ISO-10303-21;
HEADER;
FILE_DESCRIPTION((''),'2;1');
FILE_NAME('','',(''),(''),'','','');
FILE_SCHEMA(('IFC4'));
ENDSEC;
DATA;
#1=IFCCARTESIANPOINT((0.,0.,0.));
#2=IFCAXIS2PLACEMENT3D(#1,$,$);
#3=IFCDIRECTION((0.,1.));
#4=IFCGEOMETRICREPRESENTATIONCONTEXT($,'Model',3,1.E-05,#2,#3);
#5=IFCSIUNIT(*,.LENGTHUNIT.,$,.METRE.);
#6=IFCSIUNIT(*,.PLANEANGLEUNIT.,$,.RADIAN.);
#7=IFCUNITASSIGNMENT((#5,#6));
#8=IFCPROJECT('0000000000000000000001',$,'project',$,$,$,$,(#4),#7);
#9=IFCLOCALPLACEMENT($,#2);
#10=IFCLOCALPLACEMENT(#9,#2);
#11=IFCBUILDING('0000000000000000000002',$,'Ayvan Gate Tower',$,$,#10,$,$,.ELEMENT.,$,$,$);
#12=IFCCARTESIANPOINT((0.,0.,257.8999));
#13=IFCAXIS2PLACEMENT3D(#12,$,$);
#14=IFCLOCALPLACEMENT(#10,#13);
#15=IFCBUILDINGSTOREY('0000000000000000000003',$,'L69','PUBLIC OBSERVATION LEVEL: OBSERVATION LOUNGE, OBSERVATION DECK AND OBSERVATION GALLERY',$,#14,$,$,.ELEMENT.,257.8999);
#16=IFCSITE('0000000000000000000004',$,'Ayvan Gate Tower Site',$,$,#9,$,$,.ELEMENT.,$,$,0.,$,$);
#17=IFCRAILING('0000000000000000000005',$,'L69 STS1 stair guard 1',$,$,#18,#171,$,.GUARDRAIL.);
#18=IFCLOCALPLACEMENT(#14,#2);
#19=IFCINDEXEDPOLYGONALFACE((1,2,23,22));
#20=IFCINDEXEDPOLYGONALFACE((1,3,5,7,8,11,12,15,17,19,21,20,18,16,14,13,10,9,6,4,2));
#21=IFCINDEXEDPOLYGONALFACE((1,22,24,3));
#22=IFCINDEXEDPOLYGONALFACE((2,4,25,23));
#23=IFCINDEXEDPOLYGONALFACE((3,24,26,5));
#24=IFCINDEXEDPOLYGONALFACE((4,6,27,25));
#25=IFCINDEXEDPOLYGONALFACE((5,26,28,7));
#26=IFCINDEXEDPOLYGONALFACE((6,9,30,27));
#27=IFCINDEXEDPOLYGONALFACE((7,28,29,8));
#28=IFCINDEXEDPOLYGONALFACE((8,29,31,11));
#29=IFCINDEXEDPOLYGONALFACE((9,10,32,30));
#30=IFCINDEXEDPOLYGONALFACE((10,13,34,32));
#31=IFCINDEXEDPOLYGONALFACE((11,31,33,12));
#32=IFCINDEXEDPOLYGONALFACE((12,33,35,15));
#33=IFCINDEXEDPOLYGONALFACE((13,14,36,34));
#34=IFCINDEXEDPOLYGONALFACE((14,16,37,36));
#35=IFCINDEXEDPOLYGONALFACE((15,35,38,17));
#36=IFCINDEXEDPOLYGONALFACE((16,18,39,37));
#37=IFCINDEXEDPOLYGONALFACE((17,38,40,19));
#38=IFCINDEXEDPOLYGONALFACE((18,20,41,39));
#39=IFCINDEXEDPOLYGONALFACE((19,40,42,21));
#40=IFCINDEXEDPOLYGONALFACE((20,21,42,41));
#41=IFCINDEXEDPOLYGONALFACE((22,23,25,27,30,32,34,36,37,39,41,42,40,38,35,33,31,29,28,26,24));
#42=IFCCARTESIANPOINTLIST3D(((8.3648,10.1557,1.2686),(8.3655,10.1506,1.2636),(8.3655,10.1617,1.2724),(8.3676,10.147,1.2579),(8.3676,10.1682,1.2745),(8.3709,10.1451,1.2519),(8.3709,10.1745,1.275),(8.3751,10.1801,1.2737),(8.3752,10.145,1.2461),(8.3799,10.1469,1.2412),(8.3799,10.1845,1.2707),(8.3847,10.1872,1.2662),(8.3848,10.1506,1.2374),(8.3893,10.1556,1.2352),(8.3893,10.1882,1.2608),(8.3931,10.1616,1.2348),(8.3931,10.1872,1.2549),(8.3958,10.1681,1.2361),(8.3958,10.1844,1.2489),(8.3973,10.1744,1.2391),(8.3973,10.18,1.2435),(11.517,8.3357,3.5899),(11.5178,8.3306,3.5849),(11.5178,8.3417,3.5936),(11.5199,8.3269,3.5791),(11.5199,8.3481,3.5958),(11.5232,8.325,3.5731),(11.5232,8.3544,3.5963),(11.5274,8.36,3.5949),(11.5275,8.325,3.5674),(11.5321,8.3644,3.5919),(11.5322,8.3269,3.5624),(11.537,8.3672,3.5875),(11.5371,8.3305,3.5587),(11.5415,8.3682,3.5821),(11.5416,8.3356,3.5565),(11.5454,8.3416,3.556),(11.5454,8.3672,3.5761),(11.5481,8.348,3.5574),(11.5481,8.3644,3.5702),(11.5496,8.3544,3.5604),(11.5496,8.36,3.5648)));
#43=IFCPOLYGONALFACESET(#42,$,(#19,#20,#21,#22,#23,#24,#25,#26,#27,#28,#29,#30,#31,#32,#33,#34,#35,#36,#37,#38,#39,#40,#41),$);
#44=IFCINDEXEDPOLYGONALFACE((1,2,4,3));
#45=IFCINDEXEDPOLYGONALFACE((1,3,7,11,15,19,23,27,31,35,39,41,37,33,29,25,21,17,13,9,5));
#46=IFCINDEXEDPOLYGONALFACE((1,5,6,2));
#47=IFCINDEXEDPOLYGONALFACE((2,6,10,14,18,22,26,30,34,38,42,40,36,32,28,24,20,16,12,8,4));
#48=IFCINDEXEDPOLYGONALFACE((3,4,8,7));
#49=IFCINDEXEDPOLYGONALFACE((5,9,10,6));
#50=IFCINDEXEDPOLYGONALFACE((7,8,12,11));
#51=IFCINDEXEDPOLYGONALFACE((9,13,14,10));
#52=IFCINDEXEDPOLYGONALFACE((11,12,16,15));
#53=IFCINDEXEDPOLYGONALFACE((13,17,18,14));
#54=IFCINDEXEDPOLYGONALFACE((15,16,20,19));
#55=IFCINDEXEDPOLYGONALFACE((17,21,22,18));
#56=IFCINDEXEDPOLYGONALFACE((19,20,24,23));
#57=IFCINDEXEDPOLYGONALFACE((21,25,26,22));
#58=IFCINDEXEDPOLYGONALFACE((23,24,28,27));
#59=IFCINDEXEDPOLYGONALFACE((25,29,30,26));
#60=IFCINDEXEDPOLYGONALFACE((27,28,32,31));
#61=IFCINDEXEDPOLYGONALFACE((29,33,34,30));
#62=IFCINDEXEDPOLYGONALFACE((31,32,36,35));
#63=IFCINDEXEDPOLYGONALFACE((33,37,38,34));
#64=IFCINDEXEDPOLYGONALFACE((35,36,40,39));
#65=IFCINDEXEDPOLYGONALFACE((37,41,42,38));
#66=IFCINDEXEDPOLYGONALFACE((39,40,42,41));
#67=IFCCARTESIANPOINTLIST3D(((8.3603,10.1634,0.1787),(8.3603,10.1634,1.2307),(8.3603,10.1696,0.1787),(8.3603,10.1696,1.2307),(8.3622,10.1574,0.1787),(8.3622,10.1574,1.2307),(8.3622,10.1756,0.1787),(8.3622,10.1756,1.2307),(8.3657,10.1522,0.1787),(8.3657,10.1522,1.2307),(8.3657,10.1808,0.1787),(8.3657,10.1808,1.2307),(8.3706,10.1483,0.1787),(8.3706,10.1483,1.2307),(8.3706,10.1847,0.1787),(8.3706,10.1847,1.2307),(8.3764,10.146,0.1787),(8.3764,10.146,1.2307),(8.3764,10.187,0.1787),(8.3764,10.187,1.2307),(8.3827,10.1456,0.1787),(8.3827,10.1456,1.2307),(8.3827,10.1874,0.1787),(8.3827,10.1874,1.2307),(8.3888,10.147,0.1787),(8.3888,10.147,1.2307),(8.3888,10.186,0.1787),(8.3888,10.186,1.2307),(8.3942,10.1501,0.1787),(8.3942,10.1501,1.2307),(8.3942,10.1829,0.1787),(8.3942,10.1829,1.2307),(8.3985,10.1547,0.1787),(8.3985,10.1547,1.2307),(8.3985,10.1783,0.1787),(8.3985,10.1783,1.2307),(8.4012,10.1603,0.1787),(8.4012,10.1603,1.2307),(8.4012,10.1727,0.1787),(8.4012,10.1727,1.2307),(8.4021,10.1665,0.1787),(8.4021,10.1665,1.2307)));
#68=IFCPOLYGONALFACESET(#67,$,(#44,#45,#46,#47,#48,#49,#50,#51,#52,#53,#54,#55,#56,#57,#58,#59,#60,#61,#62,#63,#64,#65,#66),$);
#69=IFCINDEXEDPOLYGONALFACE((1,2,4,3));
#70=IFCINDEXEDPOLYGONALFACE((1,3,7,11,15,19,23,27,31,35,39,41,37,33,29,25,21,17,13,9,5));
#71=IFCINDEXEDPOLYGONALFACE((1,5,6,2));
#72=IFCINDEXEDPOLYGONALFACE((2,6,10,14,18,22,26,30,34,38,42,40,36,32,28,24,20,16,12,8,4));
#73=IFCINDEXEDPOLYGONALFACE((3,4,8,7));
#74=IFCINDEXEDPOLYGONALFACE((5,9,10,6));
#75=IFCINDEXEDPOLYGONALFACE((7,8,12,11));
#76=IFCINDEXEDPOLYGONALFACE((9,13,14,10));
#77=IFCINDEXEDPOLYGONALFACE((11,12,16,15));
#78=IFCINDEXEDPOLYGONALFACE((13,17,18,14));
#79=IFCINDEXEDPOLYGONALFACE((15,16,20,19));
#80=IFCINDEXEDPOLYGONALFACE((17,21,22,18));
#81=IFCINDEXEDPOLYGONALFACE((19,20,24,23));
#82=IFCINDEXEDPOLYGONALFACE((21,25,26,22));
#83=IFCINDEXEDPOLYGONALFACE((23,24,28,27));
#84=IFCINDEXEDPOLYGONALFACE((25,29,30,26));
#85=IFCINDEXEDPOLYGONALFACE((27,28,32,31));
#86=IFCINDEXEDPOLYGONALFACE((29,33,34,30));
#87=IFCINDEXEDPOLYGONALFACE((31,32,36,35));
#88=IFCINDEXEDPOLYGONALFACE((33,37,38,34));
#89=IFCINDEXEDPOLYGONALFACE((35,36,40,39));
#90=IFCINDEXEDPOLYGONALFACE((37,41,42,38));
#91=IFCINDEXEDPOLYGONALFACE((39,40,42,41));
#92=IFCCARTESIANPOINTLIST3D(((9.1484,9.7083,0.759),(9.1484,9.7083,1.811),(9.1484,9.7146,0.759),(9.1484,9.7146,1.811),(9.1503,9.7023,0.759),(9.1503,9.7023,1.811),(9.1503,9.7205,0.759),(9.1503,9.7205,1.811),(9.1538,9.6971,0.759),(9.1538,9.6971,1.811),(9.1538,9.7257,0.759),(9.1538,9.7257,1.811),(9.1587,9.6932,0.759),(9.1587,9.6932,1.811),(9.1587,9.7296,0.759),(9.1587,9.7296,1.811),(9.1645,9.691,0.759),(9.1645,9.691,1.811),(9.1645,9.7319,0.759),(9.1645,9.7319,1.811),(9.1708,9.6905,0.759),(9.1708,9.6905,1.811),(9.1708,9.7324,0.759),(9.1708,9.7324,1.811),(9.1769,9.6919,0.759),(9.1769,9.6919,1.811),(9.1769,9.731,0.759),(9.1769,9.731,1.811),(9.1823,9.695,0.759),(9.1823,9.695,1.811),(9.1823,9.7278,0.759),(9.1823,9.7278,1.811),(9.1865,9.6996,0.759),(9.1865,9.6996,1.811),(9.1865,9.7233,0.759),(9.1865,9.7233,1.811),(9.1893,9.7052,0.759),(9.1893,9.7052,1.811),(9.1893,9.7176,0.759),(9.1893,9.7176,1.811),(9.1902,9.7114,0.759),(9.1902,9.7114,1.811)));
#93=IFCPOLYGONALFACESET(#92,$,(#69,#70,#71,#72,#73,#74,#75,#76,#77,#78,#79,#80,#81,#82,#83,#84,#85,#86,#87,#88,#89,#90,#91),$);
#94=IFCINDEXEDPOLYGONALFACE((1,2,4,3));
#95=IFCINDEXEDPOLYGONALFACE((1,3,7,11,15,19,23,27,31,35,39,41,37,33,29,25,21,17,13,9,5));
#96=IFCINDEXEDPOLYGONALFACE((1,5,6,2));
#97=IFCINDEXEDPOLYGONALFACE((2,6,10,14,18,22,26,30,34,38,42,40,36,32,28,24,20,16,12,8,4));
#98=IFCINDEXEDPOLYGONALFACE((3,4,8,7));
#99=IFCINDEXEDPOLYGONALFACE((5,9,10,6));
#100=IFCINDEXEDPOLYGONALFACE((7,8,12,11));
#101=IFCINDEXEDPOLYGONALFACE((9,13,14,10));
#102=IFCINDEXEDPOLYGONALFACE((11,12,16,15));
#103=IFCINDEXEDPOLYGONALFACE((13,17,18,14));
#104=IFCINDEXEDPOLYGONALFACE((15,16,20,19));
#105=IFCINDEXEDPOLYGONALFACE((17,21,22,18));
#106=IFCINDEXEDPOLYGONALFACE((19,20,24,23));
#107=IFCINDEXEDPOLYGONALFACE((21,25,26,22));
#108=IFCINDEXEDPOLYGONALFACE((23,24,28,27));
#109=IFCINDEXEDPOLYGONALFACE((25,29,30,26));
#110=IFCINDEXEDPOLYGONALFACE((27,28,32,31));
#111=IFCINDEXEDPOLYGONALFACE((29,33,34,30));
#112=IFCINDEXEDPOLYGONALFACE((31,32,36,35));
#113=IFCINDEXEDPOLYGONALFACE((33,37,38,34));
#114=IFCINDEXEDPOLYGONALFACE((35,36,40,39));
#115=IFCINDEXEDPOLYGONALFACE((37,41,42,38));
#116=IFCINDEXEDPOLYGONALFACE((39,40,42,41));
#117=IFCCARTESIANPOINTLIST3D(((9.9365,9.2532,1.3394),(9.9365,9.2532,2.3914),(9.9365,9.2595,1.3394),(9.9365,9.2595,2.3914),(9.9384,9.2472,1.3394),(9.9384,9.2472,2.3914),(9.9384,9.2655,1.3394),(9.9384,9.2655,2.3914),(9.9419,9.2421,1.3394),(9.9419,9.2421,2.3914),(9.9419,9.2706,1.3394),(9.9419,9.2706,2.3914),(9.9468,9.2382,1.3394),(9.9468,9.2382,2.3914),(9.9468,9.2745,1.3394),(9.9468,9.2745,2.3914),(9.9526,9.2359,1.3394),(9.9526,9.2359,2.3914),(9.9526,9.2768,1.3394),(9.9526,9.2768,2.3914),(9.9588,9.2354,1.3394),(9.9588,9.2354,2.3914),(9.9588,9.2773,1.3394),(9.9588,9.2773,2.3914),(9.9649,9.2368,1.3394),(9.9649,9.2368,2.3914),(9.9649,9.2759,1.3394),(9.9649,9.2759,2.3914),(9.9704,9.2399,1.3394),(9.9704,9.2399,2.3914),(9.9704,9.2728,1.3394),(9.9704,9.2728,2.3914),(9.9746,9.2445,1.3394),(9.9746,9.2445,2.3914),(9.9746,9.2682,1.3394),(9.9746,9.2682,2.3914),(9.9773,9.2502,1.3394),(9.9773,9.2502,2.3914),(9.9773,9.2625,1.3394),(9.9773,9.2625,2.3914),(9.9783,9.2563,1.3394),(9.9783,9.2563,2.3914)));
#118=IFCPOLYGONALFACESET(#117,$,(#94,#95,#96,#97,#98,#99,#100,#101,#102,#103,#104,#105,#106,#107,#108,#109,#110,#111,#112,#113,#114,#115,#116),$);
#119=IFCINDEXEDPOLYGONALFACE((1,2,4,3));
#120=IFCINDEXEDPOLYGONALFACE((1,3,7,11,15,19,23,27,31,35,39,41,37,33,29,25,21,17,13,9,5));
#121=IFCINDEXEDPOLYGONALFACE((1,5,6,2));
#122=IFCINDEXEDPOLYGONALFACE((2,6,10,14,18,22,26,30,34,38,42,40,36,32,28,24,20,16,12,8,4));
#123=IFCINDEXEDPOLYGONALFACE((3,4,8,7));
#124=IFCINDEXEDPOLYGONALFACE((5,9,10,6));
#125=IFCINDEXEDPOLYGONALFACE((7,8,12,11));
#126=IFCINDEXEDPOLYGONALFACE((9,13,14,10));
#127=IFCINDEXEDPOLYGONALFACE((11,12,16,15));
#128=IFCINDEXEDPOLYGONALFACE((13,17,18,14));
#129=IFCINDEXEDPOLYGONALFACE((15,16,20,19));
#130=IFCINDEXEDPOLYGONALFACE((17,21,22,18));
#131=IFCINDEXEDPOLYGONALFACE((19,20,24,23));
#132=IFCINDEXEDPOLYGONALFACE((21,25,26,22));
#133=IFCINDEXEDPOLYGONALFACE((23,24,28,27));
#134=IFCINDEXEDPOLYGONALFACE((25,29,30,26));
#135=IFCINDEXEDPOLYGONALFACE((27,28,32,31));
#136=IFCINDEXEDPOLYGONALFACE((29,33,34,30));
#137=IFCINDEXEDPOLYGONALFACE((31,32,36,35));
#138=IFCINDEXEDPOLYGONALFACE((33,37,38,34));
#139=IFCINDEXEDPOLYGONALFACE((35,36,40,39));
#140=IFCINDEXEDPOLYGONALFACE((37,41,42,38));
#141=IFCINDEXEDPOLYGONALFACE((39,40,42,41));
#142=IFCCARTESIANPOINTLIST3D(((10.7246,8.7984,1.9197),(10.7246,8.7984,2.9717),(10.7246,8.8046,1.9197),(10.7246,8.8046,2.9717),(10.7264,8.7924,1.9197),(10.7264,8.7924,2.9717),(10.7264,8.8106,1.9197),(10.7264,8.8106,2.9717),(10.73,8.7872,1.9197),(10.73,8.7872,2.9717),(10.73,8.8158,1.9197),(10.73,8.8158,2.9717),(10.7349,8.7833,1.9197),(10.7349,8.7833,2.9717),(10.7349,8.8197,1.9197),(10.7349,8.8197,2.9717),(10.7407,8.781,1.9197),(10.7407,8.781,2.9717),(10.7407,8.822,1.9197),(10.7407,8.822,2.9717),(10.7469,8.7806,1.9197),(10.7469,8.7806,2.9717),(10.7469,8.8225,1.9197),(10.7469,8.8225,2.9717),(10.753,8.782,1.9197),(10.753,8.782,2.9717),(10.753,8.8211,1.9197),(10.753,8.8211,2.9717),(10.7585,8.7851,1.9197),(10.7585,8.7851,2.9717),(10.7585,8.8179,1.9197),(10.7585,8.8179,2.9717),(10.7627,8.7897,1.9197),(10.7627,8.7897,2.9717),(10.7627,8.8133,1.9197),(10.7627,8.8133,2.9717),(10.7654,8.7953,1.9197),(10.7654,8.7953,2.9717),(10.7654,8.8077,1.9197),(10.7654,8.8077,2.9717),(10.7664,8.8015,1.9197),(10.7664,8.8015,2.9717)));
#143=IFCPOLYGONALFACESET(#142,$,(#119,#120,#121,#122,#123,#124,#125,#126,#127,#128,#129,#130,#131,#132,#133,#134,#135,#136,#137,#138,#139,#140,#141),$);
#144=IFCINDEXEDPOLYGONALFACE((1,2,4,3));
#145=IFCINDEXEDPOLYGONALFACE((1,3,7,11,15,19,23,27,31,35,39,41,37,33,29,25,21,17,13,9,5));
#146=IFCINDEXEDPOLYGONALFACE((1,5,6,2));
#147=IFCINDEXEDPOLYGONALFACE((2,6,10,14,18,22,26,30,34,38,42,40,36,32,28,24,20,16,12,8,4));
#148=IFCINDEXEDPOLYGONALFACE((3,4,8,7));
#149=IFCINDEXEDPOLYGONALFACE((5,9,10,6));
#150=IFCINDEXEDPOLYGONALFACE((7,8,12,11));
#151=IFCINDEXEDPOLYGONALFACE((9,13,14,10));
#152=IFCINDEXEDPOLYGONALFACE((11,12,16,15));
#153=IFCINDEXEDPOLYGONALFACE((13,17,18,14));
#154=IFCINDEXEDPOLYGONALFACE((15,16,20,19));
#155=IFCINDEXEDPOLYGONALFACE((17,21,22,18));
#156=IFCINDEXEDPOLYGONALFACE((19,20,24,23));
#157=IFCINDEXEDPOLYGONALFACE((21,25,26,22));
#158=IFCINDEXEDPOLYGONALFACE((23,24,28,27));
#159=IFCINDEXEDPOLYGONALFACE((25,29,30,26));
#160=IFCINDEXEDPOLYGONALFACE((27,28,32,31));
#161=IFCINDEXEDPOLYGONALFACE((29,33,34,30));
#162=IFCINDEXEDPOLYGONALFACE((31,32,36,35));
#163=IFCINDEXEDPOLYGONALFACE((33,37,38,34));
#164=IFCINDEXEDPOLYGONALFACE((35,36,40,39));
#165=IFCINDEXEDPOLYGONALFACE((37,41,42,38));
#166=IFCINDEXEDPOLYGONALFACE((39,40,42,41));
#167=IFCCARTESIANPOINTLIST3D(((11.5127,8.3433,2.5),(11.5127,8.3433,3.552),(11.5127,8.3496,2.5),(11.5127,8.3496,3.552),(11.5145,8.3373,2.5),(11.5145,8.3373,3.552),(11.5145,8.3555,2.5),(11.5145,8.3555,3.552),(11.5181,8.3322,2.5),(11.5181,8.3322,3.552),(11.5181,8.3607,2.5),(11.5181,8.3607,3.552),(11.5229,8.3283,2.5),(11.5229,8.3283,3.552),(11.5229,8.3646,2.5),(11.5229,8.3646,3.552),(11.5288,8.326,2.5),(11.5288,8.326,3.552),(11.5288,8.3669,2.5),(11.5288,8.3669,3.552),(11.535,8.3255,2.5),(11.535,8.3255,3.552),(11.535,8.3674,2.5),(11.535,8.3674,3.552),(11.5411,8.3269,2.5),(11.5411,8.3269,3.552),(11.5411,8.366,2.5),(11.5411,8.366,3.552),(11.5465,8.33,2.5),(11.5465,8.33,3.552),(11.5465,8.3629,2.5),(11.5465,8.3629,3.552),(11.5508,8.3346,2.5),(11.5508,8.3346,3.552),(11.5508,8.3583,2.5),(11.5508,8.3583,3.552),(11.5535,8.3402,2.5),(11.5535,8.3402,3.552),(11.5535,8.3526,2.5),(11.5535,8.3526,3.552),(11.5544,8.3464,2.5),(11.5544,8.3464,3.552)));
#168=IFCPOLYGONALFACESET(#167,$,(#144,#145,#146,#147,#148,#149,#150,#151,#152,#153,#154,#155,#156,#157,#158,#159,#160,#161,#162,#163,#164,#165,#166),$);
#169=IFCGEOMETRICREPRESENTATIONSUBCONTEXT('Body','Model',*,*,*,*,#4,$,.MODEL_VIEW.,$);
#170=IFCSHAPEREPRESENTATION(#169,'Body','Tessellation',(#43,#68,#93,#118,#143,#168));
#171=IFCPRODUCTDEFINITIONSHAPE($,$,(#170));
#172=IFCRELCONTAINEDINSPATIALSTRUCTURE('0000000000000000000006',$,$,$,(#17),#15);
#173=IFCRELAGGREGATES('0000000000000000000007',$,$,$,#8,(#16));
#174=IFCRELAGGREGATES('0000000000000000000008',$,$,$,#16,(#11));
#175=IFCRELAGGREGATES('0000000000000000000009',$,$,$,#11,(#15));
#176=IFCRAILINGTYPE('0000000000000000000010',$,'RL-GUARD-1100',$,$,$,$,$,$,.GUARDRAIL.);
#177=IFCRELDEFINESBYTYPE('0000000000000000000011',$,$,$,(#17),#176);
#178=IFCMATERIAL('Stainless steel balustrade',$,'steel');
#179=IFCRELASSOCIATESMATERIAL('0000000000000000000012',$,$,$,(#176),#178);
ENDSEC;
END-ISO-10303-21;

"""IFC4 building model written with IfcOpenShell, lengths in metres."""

from ifc_helpers import new_model, si_unit, direction, frame, origin, origin_2d, place, context, subcontext, project, spatial, circle, extrude, material, type_object, element, save


model = new_model("IFC4")

# Units and contexts
model_context = context("Model", 3, precision=1e-05, world=origin(), true_north=direction((0.0, 1.0)))
body_context = subcontext(model_context, "Body", "Model", "MODEL_VIEW")
ifc_project = project(units=[si_unit("LENGTHUNIT", "METRE"), si_unit("PLANEANGLEUNIT", "RADIAN")], contexts=[model_context])

# Site, building, storey
site_placement = place(None, origin())
site = spatial("IfcSite", under=ifc_project, at=site_placement, Name="Ayvan Gate Tower Site", CompositionType="ELEMENT", RefElevation=0.0)
building_placement = place(site_placement, origin())
building = spatial("IfcBuilding", under=site, at=building_placement, Name="Ayvan Gate Tower", CompositionType="ELEMENT")
storey_placement = place(building_placement, frame((0.0, 0.0, 257.8999)))
storey = spatial("IfcBuildingStorey", under=building, at=storey_placement, Name="L69", Description="PUBLIC OBSERVATION LEVEL: OBSERVATION LOUNGE, OBSERVATION DECK AND OBSERVATION GALLERY", CompositionType="ELEMENT", Elevation=257.8999)

# Railing
ifc_material_1 = material(Name="Stainless steel balustrade", Category="steel")
railing_type_1 = type_object("IfcRailingType", Name="RL-GUARD-1100", PredefinedType="GUARDRAIL", material=ifc_material_1)
railing_1_placement = place(storey_placement, frame((8.3811, 10.1665, 0.1787)))
element("IfcRailing", 1, at=railing_1_placement, inside=storey, type_object=railing_type_1, Name="L69 STS1 stair guard 1", PredefinedType="GUARDRAIL", context=body_context, shape_type="SweptSolid", body=[
    extrude(circle(Radius=0.0239, at=origin_2d()), frame((0.0, 0.0, 1.0762), z_axis=(0.730181, -0.421584, 0.537683), x_axis=(0.500013, 0.866018, 0.0)), (0.0, 0.0, 1.0), 4.3171),
    extrude(circle(Radius=0.021, at=origin_2d()), origin(), (0.0, 0.0, 1.0), 1.052),
    extrude(circle(Radius=0.021, at=origin_2d()), frame((0.7881, -0.4551, 0.5803)), (0.0, 0.0, 1.0), 1.052),
    extrude(circle(Radius=0.021, at=origin_2d()), frame((1.5762, -0.9102, 1.1606)), (0.0, 0.0, 1.0), 1.052),
    extrude(circle(Radius=0.021, at=origin_2d()), frame((2.3643, -1.365, 1.741)), (0.0, 0.0, 1.0), 1.052),
    extrude(circle(Radius=0.021, at=origin_2d()), frame((3.1523, -1.8201, 2.3213)), (0.0, 0.0, 1.0), 1.052),
])

save(model, "model.ifc")
